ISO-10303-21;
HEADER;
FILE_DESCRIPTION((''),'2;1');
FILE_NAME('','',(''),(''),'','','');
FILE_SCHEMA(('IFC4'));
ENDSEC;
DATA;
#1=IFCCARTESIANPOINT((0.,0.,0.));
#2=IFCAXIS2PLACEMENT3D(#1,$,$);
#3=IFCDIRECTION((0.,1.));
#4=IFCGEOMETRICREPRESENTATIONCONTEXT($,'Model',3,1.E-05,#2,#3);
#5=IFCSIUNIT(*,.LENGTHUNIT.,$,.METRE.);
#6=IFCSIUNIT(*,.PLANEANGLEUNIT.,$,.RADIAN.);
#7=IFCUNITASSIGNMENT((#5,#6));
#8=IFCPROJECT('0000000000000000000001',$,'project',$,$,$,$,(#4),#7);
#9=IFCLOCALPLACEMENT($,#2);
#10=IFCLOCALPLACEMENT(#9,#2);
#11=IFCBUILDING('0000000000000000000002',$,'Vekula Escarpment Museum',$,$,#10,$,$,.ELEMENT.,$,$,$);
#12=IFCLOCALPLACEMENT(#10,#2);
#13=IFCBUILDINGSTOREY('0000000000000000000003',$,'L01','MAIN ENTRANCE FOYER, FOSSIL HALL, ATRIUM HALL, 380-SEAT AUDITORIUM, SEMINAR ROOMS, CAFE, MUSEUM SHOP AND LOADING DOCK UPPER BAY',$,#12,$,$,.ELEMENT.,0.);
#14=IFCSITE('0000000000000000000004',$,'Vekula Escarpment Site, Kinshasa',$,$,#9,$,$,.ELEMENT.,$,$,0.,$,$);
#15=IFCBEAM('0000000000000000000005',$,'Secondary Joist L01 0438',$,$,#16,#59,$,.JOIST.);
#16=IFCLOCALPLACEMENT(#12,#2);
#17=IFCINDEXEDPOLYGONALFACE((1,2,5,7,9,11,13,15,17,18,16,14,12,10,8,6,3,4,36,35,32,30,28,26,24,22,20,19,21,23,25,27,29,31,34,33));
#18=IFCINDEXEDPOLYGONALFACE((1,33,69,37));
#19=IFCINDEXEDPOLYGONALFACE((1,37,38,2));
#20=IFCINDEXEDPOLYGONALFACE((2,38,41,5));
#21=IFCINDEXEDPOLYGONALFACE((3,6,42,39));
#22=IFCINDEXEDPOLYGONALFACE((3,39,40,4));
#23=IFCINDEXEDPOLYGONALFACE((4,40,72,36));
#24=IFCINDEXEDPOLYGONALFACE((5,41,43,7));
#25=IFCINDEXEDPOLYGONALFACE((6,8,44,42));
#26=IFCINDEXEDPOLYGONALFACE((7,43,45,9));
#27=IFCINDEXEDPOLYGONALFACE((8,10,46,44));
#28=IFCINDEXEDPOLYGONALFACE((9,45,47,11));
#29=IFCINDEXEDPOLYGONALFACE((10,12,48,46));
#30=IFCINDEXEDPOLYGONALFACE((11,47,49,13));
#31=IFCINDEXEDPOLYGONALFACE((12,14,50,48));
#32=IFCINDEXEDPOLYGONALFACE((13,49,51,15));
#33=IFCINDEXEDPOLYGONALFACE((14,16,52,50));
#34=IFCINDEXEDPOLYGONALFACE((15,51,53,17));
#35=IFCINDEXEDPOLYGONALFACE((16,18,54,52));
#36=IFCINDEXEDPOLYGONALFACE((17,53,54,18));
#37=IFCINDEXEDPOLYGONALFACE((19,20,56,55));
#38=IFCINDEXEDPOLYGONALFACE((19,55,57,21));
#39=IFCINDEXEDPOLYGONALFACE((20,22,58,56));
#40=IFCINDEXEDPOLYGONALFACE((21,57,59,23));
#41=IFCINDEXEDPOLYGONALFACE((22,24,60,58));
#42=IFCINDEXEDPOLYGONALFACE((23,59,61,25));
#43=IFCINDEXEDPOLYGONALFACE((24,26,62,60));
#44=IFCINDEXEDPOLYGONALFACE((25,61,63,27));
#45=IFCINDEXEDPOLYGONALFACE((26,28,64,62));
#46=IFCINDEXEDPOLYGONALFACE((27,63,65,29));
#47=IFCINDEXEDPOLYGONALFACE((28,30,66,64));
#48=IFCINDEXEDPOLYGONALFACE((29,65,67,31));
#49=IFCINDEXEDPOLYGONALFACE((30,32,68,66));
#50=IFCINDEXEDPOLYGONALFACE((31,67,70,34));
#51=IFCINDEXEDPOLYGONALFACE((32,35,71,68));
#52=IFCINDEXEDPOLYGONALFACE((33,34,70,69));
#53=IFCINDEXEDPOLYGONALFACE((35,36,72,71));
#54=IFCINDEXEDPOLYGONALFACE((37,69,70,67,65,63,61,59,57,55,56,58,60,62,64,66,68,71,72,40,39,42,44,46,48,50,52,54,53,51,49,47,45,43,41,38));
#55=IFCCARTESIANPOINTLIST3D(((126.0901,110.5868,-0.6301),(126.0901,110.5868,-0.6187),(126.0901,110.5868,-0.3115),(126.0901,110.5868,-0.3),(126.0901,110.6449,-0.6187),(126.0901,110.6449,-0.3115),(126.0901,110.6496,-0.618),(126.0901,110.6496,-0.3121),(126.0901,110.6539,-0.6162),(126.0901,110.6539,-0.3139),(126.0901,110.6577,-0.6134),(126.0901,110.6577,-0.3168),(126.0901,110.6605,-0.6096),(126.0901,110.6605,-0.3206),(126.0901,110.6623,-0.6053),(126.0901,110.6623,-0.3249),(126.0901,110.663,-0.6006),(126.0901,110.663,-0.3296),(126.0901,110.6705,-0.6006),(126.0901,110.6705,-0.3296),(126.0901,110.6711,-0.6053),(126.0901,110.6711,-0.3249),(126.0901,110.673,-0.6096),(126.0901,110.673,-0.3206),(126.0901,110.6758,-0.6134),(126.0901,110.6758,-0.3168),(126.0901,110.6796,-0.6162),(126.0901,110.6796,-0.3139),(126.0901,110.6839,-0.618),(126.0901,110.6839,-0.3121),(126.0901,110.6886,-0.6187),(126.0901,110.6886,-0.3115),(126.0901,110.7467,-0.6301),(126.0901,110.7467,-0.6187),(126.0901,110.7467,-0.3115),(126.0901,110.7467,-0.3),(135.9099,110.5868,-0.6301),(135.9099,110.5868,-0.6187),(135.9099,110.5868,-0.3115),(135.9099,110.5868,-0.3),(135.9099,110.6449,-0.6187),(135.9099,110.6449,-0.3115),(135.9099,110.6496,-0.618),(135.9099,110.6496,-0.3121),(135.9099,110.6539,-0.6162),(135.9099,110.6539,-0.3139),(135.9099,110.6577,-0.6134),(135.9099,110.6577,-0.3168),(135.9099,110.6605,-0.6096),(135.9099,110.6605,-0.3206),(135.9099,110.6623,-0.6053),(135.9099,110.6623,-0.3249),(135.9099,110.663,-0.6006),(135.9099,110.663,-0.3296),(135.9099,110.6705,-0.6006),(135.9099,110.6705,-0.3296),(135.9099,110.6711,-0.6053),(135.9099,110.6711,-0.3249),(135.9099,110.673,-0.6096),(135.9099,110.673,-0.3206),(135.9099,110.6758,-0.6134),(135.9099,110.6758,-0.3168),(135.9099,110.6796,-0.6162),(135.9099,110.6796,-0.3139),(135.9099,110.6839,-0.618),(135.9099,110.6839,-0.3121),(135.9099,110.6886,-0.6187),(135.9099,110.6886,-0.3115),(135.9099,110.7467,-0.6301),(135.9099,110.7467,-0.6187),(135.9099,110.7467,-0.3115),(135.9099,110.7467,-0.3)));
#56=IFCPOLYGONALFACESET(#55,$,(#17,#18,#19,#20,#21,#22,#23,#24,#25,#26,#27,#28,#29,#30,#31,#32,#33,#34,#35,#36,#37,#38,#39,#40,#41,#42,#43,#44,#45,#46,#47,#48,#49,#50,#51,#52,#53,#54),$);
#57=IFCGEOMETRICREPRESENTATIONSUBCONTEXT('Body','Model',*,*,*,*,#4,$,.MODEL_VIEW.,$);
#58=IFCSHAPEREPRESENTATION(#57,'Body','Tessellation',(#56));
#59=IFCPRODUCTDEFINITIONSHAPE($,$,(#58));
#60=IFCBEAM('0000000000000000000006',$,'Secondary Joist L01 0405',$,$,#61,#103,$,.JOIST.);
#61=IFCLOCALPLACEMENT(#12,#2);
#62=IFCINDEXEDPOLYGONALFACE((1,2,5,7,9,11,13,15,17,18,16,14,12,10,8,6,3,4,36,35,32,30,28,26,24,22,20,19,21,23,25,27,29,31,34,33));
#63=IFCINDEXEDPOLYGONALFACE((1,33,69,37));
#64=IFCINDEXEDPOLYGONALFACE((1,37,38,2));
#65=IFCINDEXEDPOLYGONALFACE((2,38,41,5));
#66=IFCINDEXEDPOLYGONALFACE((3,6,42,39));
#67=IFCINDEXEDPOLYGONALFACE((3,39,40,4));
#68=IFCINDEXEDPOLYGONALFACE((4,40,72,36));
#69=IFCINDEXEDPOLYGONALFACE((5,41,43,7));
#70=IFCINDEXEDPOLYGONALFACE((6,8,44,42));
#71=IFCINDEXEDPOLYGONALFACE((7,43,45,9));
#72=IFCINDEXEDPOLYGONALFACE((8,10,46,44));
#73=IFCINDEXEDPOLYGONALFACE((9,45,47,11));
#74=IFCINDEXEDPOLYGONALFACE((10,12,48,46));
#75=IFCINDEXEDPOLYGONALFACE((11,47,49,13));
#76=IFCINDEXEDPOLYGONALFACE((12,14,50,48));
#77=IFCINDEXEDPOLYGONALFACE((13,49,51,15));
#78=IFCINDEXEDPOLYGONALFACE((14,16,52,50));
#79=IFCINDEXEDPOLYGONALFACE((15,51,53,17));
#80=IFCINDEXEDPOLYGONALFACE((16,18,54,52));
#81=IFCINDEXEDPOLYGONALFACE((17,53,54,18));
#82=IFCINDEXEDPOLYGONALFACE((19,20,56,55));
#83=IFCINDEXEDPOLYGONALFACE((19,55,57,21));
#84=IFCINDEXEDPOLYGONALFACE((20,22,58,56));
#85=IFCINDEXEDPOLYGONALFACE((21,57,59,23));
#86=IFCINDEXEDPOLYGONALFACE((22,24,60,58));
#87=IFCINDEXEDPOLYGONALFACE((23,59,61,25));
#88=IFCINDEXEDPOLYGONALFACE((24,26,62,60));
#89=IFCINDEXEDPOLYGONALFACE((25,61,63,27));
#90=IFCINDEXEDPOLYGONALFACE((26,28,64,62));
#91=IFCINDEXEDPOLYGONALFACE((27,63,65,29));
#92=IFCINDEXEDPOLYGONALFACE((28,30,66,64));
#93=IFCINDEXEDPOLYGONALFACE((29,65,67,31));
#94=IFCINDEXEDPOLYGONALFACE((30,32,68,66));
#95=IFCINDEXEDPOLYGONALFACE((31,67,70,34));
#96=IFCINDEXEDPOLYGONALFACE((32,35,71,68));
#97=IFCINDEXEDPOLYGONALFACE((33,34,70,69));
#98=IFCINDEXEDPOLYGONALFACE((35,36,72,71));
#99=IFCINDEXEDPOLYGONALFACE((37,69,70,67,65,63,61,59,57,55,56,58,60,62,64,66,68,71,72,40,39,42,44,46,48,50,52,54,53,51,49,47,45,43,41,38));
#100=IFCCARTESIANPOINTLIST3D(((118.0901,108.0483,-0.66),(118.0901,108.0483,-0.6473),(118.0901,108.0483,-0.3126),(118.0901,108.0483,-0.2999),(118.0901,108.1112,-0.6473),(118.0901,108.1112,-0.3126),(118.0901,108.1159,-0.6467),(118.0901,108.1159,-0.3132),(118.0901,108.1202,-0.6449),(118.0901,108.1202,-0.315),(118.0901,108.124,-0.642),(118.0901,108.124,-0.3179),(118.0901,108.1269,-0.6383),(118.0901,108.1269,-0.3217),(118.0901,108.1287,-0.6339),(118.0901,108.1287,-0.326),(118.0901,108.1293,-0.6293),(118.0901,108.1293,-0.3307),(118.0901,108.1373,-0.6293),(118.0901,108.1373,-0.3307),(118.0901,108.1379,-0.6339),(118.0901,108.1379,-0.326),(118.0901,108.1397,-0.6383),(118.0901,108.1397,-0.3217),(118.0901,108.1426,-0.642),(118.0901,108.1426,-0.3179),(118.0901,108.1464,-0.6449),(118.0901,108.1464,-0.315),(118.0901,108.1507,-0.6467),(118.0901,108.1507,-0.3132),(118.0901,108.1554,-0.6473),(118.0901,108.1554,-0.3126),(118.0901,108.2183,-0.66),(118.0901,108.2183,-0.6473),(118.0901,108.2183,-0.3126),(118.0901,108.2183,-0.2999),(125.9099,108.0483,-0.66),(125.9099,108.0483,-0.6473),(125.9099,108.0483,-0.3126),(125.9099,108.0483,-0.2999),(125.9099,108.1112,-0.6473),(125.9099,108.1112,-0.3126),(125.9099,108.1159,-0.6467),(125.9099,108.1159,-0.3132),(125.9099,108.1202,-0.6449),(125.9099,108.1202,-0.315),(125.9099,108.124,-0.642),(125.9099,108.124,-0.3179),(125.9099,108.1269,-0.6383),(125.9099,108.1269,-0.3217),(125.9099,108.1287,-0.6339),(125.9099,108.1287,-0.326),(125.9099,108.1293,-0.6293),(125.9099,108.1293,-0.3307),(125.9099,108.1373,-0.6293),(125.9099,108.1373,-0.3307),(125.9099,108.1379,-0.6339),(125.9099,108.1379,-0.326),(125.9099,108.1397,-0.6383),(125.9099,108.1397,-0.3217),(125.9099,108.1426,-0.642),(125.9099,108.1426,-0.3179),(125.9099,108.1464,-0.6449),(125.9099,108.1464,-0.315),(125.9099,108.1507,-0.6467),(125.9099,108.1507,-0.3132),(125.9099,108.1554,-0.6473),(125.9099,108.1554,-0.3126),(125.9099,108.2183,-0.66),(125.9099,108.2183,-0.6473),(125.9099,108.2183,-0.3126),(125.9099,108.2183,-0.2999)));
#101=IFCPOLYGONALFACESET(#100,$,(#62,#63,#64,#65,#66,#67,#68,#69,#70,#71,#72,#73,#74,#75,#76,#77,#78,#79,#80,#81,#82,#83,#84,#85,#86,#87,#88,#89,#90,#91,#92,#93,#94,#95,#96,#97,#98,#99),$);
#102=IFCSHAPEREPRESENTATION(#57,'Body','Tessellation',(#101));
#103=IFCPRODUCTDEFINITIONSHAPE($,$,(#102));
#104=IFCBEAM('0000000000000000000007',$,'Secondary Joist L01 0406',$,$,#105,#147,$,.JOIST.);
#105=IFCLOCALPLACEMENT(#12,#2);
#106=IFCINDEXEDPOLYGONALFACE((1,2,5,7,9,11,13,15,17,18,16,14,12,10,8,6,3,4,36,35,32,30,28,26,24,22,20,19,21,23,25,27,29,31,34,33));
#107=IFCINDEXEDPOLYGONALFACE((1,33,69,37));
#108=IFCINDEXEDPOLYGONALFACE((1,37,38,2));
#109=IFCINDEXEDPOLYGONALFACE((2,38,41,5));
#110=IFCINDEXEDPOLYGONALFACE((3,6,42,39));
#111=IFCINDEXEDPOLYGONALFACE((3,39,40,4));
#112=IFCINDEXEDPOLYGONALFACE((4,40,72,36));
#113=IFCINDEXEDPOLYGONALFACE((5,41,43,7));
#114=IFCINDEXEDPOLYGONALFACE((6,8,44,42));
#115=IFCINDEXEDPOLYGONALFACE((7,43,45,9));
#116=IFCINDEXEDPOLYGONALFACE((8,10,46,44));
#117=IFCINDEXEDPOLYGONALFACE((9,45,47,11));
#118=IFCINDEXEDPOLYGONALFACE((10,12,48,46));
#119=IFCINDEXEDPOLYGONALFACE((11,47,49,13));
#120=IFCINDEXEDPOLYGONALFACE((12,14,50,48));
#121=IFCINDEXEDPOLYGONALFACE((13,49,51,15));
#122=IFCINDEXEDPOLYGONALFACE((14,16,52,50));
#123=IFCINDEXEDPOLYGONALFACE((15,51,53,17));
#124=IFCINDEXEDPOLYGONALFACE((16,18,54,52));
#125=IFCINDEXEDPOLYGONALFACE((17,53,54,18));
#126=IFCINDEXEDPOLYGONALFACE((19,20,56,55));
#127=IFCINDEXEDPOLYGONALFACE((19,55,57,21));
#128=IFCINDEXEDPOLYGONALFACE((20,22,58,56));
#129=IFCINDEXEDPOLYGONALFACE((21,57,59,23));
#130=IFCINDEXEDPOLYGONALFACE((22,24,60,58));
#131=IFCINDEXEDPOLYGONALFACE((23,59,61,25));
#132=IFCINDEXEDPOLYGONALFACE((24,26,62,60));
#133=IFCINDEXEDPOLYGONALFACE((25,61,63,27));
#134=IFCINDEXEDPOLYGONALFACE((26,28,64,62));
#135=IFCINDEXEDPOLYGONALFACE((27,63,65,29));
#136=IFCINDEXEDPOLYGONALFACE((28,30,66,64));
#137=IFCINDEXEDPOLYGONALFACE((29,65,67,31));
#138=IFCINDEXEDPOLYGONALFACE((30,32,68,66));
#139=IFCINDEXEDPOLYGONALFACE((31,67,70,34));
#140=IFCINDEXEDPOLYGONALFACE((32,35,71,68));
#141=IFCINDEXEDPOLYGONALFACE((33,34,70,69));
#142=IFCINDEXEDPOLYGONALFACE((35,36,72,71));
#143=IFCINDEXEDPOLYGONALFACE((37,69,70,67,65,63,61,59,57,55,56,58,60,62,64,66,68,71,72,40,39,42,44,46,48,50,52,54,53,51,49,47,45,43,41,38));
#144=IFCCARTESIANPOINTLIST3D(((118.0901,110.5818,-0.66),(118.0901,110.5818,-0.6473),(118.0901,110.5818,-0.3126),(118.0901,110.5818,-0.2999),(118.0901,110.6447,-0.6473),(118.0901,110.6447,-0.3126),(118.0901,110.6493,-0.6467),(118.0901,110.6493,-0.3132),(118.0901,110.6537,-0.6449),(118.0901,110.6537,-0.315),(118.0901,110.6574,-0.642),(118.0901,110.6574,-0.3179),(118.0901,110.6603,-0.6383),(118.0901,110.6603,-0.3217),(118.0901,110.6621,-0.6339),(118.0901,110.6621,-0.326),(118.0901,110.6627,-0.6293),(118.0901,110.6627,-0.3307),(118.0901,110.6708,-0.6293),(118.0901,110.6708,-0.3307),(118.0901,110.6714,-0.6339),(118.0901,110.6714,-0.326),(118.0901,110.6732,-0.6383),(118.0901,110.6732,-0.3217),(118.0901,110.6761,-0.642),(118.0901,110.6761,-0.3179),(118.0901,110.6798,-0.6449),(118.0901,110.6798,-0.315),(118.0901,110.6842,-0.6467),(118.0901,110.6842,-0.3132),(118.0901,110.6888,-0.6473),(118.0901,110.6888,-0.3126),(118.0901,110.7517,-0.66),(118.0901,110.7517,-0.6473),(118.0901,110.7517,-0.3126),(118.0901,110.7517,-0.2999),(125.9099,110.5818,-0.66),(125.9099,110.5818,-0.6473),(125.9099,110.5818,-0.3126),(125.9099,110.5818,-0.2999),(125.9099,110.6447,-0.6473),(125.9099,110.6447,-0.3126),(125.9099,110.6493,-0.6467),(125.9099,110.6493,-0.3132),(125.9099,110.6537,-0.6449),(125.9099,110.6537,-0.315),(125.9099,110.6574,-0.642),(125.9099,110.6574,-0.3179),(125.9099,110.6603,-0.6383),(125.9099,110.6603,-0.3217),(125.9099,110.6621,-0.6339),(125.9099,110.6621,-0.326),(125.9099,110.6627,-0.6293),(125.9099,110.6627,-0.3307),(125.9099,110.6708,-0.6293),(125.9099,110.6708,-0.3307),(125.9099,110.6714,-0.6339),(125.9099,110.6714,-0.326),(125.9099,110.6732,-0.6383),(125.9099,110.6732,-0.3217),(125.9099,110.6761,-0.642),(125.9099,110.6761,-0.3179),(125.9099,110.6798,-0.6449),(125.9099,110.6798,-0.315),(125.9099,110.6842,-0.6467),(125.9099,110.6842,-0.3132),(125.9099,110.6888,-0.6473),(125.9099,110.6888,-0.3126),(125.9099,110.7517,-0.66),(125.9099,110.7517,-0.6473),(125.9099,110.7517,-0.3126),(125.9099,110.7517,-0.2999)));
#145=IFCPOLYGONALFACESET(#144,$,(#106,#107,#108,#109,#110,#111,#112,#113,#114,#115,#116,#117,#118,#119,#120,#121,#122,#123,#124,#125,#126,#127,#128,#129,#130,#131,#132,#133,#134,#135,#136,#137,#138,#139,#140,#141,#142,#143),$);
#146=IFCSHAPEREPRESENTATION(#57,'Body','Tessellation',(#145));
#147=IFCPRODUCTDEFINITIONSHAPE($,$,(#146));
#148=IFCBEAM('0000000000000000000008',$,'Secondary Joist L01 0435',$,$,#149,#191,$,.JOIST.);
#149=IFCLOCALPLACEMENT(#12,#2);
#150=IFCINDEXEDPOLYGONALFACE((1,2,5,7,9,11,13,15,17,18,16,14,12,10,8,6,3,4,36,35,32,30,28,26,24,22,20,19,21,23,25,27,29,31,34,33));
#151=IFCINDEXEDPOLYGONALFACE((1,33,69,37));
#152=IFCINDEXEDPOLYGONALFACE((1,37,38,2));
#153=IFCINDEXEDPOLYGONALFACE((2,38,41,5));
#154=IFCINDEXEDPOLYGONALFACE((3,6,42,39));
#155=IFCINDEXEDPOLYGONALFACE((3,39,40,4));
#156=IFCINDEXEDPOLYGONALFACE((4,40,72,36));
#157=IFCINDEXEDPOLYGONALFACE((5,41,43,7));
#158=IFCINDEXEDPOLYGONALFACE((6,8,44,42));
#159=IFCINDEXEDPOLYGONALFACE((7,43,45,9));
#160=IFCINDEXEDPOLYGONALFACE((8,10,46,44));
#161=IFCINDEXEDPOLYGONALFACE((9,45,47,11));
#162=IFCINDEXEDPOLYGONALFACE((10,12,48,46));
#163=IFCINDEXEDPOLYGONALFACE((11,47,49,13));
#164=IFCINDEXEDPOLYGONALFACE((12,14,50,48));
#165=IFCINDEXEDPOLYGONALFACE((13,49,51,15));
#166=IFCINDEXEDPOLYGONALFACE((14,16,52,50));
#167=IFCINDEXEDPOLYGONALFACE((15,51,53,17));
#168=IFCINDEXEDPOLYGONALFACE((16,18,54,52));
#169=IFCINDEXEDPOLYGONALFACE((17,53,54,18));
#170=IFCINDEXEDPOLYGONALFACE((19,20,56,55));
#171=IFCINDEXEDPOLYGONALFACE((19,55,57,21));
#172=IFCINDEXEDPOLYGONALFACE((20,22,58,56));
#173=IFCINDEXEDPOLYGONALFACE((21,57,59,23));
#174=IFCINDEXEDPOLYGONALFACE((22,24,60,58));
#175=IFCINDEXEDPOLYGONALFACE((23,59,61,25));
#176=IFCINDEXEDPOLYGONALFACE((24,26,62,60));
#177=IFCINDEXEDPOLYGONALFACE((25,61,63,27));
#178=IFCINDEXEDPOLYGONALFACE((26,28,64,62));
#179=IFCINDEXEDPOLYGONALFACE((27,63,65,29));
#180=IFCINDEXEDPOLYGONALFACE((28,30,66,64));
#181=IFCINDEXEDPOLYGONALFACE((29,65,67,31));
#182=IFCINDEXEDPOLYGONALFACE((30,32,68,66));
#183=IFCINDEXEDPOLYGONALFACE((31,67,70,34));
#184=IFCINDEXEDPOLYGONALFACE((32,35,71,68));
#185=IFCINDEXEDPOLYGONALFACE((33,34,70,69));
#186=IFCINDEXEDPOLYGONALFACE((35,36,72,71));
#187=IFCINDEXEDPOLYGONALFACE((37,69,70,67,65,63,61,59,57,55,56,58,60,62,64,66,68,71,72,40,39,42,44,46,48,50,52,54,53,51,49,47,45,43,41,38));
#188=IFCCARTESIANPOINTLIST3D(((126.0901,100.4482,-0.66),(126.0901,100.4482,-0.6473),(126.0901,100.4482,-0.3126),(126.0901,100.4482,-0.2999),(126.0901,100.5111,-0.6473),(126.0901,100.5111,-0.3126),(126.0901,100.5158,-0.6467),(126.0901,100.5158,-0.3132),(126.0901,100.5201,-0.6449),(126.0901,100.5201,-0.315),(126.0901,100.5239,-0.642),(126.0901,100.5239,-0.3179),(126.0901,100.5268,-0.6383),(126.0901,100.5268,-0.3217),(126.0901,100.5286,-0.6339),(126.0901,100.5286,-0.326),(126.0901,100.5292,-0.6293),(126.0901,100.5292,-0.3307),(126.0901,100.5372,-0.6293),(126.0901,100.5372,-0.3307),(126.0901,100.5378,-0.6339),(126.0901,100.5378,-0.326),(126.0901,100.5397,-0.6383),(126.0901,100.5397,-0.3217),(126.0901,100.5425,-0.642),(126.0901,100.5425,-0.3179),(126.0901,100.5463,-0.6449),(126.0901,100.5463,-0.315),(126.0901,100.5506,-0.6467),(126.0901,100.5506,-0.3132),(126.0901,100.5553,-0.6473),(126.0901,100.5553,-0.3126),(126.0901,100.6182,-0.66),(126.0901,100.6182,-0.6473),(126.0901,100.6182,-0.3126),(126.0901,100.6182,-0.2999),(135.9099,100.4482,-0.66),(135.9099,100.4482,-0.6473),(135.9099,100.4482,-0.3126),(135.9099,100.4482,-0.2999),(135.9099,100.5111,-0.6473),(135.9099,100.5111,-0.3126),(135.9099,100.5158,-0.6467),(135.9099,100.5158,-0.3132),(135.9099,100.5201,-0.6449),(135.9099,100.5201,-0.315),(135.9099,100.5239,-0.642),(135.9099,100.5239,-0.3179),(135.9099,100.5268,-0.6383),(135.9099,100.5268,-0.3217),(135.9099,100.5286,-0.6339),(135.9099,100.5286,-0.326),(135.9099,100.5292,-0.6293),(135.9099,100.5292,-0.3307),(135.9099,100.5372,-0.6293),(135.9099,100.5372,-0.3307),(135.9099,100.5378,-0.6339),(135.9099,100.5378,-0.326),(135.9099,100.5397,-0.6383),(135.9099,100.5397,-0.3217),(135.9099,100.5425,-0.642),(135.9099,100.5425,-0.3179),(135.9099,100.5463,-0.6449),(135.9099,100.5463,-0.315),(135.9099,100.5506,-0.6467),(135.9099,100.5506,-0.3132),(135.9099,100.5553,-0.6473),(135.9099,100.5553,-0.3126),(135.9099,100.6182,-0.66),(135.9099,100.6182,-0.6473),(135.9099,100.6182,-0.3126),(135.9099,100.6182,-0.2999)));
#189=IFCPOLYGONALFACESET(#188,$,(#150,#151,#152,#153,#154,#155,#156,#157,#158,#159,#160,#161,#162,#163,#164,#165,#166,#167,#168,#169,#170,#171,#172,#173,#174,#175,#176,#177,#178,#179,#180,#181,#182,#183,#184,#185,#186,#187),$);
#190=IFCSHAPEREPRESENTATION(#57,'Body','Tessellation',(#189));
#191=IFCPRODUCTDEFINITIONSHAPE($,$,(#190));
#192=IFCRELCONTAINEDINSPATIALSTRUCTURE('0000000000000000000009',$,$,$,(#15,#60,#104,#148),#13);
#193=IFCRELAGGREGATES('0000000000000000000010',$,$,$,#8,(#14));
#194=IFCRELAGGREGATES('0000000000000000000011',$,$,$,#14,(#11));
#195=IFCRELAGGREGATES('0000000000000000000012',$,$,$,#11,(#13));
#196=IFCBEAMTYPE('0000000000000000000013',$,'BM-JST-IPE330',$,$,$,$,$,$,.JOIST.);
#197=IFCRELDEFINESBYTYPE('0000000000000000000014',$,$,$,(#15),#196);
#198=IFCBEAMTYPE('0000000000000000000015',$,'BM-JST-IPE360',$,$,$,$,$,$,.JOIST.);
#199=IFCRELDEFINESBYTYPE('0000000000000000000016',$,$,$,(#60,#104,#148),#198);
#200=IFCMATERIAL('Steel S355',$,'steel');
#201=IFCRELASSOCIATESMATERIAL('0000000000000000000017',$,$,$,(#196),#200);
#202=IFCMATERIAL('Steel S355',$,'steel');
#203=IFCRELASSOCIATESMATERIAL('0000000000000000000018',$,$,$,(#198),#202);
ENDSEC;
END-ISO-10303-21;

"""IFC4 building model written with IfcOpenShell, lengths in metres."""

from ifc_helpers import new_model, si_unit, direction, frame, origin, origin_2d, place, context, subcontext, project, spatial, i_section, extrude, material, material_profile, profile_set, type_object, element, save


model = new_model("IFC4")

# Units and contexts
model_context = context("Model", 3, precision=1e-05, world=origin(), true_north=direction((0.0, 1.0)))
body_context = subcontext(model_context, "Body", "Model", "MODEL_VIEW")
ifc_project = project(units=[si_unit("LENGTHUNIT", "METRE"), si_unit("PLANEANGLEUNIT", "RADIAN")], contexts=[model_context])

# Site, building, storey
site_placement = place(None, origin())
site = spatial("IfcSite", under=ifc_project, at=site_placement, Name="Vekula Escarpment Site, Kinshasa", CompositionType="ELEMENT", RefElevation=0.0)
building_placement = place(site_placement, origin())
building = spatial("IfcBuilding", under=site, at=building_placement, Name="Vekula Escarpment Museum", CompositionType="ELEMENT")
storey_placement = place(building_placement, origin())
storey = spatial("IfcBuildingStorey", under=building, at=storey_placement, Name="L01", Description="MAIN ENTRANCE FOYER, FOSSIL HALL, ATRIUM HALL, 380-SEAT AUDITORIUM, SEMINAR ROOMS, CAFE, MUSEUM SHOP AND LOADING DOCK UPPER BAY", CompositionType="ELEMENT", Elevation=0.0)

# Beams
ifc_material_1 = material(Name="Steel S355", Category="steel")
ifc_material_profile_1 = material_profile(ifc_material_1, i_section(OverallWidth=0.1599, OverallDepth=0.3301, WebThickness=0.0076, FlangeThickness=0.0115, FilletRadius=0.0181, at=origin_2d()), Name="IPE 330")
ifc_profile_set_1 = profile_set([ifc_material_profile_1], Name="Steel S355")
beam_type_1 = type_object("IfcBeamType", Name="BM-JST-IPE330", PredefinedType="JOIST", material=ifc_profile_set_1)
for number, where, z_axis, x_axis, name in (
    (1, (126.0901, 110.6667, -0.4651), (1.0, 0.0, 0.0), (0.0, 1.0, 0.0), "Secondary Joist L01 0438"),
):
    element("IfcBeam", number, at=place(storey_placement, frame(where, z_axis=z_axis, x_axis=x_axis)), inside=storey, type_object=beam_type_1, Name=name, PredefinedType="JOIST", context=body_context, shape_type="SweptSolid", body=[
        extrude(i_section(OverallWidth=0.1599, OverallDepth=0.3301, WebThickness=0.0076, FlangeThickness=0.0115, FilletRadius=0.0181, at=origin_2d()), origin(), (0.0, 0.0, 1.0), 9.8198),
    ])
ifc_material_2 = material(Name="Steel S355", Category="steel")
ifc_material_profile_2 = material_profile(ifc_material_2, i_section(OverallWidth=0.1699, OverallDepth=0.3601, WebThickness=0.0081, FlangeThickness=0.0127, FilletRadius=0.0181, at=origin_2d()), Name="IPE 360")
ifc_profile_set_2 = profile_set([ifc_material_profile_2], Name="Steel S355")
beam_type_2 = type_object("IfcBeamType", Name="BM-JST-IPE360", PredefinedType="JOIST", material=ifc_profile_set_2)
for number, where, z_axis, x_axis, name in (
    (2, (118.0901, 108.1333, -0.48), (1.0, 0.0, 0.0), (0.0, 1.0, 0.0), "Secondary Joist L01 0405"),
    (3, (118.0901, 110.6667, -0.48), (1.0, 0.0, 0.0), (0.0, 1.0, 0.0), "Secondary Joist L01 0406"),
):
    element("IfcBeam", number, at=place(storey_placement, frame(where, z_axis=z_axis, x_axis=x_axis)), inside=storey, type_object=beam_type_2, Name=name, PredefinedType="JOIST", context=body_context, shape_type="SweptSolid", body=[
        extrude(i_section(OverallWidth=0.1699, OverallDepth=0.3601, WebThickness=0.0081, FlangeThickness=0.0127, FilletRadius=0.0181, at=origin_2d()), origin(), (0.0, 0.0, 1.0), 7.8198),
    ])
for number, where, z_axis, x_axis, name in (
    (4, (126.0901, 100.5332, -0.48), (1.0, 0.0, 0.0), (0.0, 1.0, 0.0), "Secondary Joist L01 0435"),
):
    element("IfcBeam", number, at=place(storey_placement, frame(where, z_axis=z_axis, x_axis=x_axis)), inside=storey, type_object=beam_type_2, Name=name, PredefinedType="JOIST", context=body_context, shape_type="SweptSolid", body=[
        extrude(i_section(OverallWidth=0.1699, OverallDepth=0.3601, WebThickness=0.0081, FlangeThickness=0.0127, FilletRadius=0.0181, at=origin_2d()), origin(), (0.0, 0.0, 1.0), 9.8198),
    ])

save(model, "model.ifc")
